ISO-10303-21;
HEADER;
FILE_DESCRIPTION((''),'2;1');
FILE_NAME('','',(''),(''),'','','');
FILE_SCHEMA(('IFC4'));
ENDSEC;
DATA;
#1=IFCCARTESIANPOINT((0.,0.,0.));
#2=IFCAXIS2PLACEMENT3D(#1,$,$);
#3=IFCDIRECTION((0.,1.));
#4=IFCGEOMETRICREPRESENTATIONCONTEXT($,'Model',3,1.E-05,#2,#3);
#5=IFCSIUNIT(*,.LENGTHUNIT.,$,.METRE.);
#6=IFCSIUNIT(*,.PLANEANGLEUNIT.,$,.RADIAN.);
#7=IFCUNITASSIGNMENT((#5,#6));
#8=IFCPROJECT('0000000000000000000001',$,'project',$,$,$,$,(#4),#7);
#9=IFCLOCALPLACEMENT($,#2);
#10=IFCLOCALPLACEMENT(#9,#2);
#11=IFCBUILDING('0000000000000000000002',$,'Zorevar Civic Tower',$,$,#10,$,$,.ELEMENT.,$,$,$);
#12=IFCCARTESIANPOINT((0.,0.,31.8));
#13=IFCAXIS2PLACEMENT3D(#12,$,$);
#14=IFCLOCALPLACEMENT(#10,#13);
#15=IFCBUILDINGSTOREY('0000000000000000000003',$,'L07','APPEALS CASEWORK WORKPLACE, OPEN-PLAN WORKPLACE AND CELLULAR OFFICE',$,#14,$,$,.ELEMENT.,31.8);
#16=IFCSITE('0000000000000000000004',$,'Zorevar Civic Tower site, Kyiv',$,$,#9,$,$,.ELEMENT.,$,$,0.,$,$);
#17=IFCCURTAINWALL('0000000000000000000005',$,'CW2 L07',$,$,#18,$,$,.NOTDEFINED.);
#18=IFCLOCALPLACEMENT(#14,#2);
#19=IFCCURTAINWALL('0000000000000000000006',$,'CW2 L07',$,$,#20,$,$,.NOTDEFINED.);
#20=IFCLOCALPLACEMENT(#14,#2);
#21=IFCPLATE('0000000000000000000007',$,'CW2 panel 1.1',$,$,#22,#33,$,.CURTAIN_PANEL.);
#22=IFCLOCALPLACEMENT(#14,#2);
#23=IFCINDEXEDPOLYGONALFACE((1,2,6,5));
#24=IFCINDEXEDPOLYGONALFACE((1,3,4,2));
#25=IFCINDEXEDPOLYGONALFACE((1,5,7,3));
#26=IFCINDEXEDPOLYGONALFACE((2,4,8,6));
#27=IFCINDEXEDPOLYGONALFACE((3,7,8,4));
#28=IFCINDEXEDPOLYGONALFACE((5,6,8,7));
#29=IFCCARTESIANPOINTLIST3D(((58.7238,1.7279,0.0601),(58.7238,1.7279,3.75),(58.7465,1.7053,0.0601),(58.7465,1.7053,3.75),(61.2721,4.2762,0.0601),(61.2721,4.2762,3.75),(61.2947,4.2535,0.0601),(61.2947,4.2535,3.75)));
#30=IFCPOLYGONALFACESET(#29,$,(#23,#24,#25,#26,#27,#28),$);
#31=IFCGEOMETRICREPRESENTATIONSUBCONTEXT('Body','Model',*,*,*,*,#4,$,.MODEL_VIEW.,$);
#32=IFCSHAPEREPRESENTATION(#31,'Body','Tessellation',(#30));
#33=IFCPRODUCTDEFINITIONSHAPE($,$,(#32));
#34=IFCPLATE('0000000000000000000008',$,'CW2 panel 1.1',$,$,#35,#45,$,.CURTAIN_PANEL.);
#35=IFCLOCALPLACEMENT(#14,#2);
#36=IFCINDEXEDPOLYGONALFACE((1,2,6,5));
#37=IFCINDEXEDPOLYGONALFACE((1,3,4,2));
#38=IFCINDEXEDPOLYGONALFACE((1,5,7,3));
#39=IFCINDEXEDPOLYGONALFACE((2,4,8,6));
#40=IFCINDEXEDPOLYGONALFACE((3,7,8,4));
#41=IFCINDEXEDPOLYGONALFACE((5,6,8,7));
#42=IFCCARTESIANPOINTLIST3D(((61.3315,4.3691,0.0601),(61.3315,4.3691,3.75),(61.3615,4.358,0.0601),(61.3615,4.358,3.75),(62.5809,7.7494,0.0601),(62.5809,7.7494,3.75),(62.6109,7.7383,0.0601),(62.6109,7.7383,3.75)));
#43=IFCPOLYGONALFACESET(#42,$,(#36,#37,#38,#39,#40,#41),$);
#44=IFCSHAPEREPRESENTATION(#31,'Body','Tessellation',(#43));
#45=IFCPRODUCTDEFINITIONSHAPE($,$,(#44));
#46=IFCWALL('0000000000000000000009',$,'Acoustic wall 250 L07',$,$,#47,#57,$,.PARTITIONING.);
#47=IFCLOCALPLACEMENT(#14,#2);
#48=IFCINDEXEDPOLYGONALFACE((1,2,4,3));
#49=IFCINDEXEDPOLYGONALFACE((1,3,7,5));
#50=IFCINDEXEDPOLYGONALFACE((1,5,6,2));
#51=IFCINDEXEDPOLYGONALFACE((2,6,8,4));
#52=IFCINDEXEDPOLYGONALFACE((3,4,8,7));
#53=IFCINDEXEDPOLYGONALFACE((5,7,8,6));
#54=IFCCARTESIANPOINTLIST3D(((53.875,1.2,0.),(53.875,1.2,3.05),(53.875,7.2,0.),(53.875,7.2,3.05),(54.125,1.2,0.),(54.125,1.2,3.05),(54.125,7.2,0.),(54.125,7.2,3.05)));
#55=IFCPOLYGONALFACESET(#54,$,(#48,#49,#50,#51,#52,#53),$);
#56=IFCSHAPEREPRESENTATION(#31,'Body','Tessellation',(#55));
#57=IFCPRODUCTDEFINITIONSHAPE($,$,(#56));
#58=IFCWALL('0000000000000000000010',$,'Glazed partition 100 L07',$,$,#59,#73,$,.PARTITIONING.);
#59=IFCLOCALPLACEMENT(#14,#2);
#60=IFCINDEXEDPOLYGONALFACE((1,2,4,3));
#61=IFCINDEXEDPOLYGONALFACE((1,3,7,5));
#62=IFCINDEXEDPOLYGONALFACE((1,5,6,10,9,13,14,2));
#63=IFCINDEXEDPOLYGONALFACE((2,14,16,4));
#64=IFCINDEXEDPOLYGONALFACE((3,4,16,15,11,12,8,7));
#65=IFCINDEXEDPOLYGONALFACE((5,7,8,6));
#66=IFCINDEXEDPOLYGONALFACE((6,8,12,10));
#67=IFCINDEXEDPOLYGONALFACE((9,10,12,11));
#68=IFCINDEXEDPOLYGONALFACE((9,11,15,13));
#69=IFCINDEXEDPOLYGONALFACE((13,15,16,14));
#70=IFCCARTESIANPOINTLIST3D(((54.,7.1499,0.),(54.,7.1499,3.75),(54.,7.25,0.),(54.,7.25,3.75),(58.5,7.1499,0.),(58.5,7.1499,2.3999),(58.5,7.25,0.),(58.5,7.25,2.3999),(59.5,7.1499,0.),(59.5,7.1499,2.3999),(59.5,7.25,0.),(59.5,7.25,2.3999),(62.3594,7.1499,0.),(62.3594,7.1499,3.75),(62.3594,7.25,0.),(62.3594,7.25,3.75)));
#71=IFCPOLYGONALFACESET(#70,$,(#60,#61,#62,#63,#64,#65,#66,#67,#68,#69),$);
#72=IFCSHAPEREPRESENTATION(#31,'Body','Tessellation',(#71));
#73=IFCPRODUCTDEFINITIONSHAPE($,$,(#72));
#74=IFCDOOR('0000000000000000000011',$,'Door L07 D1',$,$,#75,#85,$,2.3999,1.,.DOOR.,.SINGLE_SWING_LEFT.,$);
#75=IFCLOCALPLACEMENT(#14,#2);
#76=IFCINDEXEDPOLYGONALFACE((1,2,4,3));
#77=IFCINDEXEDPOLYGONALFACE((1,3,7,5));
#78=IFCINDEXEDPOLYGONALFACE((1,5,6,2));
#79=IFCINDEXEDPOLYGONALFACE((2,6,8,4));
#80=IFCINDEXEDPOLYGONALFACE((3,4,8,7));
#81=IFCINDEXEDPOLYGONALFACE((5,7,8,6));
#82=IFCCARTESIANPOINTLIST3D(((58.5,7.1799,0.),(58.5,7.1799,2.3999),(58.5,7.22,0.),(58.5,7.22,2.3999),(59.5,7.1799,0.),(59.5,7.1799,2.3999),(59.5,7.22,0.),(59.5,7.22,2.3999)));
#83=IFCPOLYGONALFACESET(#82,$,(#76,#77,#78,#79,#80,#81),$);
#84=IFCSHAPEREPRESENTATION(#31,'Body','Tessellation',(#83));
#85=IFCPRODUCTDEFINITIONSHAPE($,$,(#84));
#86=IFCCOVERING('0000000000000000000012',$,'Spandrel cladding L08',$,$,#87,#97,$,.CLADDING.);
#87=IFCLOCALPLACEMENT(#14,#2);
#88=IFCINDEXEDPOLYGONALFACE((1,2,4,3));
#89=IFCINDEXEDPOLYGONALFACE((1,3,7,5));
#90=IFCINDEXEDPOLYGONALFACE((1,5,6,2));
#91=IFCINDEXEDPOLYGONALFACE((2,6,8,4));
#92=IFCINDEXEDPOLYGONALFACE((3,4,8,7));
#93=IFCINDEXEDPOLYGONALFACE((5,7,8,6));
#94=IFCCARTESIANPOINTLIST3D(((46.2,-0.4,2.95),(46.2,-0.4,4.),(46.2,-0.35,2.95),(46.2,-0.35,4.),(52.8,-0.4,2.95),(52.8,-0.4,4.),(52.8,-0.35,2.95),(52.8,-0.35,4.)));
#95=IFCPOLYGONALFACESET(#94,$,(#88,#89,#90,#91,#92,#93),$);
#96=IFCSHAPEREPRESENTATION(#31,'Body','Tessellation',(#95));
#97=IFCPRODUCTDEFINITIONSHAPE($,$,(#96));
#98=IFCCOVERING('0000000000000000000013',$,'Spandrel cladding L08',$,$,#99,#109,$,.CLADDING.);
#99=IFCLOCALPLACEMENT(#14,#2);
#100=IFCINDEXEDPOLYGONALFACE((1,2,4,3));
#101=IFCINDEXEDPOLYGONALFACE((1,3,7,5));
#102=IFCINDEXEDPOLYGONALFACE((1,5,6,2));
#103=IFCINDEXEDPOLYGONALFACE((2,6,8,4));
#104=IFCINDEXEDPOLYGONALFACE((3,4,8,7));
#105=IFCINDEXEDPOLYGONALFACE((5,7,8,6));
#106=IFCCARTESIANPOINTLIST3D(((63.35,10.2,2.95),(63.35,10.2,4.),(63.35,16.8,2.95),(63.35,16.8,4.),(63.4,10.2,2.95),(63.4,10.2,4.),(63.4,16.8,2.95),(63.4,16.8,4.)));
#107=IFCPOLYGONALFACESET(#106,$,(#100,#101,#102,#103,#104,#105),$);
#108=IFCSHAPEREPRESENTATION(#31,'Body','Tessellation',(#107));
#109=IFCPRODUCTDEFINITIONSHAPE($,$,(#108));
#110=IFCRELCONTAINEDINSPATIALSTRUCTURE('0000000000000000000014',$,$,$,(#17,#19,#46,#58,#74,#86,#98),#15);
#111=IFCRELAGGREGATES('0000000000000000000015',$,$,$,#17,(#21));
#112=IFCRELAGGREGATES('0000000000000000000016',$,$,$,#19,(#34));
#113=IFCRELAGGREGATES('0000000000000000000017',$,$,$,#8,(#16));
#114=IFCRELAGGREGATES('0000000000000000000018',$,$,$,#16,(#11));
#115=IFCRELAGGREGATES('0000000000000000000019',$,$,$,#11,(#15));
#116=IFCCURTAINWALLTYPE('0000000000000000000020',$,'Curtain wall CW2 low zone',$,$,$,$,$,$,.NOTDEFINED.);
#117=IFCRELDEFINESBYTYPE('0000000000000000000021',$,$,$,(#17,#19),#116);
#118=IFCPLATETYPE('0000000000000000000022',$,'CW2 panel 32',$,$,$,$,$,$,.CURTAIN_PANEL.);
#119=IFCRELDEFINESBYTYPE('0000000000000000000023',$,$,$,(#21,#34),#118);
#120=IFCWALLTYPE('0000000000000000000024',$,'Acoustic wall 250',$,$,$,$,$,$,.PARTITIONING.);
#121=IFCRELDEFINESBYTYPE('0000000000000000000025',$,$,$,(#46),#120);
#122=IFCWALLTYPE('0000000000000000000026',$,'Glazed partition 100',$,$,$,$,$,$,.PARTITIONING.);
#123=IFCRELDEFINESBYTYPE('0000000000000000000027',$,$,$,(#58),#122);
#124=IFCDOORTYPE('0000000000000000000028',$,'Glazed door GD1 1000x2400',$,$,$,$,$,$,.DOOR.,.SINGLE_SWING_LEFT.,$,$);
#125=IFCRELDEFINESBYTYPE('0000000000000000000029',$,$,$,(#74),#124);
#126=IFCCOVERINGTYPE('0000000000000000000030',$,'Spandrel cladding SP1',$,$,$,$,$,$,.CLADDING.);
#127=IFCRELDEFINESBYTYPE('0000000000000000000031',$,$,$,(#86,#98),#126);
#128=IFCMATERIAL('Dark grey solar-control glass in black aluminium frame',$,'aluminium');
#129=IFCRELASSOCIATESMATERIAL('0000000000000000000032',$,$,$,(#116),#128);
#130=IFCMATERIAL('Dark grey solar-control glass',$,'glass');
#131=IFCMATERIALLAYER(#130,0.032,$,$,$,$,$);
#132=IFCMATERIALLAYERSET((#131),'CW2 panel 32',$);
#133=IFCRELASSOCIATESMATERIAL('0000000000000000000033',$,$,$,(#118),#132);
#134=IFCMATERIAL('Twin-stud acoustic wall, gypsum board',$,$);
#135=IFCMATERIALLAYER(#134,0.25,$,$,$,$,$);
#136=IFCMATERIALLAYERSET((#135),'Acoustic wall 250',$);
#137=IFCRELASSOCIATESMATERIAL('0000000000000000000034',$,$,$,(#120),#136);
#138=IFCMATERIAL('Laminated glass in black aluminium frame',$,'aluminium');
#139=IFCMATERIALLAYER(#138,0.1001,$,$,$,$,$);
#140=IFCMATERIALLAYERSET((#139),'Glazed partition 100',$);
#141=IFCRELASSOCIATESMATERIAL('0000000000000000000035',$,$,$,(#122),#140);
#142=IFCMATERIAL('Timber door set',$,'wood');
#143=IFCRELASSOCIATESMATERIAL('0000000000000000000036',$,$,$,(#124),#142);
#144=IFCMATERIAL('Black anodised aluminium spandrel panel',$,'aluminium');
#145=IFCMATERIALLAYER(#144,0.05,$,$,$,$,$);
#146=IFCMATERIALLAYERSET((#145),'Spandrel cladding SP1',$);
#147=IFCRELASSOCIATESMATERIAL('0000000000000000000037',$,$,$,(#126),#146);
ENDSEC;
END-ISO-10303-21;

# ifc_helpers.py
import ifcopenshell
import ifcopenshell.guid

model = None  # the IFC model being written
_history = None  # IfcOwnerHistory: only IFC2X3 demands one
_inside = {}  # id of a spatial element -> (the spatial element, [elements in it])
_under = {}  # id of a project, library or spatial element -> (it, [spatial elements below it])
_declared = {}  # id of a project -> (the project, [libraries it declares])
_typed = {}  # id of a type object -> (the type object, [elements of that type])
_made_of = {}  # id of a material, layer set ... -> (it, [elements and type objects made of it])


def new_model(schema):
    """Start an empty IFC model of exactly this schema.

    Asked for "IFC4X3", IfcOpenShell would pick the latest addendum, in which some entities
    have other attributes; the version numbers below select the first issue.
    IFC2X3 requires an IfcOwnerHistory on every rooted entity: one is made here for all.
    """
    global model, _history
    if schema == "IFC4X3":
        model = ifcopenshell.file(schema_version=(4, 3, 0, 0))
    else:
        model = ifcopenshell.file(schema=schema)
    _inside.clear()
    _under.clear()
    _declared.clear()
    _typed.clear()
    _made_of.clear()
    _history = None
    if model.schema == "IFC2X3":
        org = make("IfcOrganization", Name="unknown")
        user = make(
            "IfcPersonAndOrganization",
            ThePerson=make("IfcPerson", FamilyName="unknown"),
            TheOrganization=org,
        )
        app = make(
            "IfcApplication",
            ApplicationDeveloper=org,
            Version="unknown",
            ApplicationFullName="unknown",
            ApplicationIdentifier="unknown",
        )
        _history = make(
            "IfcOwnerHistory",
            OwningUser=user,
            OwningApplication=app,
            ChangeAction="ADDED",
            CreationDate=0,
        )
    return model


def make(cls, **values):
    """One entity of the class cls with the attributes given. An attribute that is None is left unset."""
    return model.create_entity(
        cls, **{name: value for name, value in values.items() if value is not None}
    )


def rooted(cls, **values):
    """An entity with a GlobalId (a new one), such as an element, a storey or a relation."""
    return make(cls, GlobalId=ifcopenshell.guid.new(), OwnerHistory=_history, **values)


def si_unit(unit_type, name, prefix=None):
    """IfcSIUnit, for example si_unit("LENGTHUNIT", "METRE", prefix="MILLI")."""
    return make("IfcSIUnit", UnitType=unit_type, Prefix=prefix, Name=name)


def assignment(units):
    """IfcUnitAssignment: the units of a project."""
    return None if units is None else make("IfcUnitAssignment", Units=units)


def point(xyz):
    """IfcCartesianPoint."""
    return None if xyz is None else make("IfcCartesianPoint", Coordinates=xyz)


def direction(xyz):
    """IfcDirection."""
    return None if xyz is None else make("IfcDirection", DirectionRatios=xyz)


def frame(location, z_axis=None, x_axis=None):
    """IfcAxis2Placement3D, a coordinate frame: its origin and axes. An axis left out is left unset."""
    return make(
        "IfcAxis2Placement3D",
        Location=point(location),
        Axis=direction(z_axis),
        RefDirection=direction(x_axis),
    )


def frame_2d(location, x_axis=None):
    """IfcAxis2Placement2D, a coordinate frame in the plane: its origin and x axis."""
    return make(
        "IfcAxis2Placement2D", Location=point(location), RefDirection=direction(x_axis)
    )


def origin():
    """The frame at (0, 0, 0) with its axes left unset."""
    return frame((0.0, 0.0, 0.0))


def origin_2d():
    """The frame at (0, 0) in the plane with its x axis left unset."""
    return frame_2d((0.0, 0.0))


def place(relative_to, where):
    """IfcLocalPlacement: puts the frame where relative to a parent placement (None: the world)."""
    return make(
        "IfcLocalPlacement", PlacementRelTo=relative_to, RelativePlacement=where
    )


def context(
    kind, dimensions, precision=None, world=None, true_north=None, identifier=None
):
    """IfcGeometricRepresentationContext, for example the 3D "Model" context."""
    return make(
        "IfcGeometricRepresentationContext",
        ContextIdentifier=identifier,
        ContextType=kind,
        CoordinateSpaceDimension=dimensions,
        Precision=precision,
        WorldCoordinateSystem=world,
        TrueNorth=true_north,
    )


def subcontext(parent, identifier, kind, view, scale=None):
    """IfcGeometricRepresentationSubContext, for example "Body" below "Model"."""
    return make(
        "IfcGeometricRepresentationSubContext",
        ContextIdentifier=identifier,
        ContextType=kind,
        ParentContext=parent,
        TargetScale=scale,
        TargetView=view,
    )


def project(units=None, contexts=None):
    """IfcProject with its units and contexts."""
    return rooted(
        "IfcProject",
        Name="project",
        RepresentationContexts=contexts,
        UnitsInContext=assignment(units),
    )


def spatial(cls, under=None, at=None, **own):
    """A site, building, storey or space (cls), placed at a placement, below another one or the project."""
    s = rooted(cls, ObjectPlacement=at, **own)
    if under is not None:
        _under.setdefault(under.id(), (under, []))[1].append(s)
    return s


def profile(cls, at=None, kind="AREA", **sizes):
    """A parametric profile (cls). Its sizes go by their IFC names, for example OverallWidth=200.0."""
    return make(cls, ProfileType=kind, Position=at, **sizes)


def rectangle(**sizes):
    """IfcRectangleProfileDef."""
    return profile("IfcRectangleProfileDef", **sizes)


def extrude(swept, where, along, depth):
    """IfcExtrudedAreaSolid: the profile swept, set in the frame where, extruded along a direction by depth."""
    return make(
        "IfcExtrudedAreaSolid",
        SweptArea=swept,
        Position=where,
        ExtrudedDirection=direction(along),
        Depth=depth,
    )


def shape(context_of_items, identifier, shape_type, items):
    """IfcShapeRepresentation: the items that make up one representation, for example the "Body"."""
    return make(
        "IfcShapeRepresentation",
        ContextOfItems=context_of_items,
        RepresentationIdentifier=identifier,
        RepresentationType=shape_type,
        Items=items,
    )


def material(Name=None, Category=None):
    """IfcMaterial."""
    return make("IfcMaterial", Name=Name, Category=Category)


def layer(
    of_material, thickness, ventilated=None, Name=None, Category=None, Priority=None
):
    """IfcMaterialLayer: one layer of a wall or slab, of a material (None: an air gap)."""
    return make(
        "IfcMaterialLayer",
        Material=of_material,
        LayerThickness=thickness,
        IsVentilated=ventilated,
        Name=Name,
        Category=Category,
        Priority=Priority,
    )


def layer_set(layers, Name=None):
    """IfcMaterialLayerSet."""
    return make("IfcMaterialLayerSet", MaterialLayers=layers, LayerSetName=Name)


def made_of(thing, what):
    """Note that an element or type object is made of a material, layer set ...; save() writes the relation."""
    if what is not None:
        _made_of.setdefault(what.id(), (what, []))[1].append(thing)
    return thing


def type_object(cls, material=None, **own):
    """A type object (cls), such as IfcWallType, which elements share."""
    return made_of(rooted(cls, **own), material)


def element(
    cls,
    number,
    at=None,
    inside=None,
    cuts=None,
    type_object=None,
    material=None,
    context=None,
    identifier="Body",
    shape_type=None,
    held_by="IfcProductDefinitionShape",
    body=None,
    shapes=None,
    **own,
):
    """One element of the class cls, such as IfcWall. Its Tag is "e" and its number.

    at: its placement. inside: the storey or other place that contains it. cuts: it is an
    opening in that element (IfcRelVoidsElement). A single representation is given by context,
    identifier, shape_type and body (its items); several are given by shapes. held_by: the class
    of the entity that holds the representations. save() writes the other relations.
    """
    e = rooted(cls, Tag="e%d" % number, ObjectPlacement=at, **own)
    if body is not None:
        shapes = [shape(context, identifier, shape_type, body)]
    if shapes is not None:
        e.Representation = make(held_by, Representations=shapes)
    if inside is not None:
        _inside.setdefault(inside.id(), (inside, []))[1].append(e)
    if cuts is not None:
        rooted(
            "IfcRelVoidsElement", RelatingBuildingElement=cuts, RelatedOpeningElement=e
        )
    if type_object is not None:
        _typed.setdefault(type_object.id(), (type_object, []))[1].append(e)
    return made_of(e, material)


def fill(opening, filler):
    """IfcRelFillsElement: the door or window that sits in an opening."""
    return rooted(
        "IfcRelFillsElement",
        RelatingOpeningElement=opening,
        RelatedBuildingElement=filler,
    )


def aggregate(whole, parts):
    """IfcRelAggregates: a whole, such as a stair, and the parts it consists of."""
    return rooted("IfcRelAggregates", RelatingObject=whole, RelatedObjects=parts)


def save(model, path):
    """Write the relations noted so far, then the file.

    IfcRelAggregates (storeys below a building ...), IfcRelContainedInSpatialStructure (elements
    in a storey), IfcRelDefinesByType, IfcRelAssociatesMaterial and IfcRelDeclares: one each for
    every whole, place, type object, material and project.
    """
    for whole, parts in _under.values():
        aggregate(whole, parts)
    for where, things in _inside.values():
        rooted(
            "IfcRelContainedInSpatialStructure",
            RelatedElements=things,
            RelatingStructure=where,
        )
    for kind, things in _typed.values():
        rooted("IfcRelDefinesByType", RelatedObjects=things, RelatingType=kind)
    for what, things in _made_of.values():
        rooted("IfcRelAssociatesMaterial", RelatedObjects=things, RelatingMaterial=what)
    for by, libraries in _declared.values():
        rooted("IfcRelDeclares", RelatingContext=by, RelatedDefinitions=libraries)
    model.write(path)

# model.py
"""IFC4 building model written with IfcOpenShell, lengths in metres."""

from ifc_helpers import new_model, si_unit, direction, frame, frame_2d, origin, origin_2d, place, context, subcontext, project, spatial, rectangle, extrude, material, layer, layer_set, type_object, element, fill, aggregate, save


model = new_model("IFC4")

# Units and contexts
model_context = context("Model", 3, precision=1e-05, world=origin(), true_north=direction((0.0, 1.0)))
body_context = subcontext(model_context, "Body", "Model", "MODEL_VIEW")
ifc_project = project(units=[si_unit("LENGTHUNIT", "METRE"), si_unit("PLANEANGLEUNIT", "RADIAN")], contexts=[model_context])

# Site, building, storey
site_placement = place(None, origin())
site = spatial("IfcSite", under=ifc_project, at=site_placement, Name="Zorevar Civic Tower site, Kyiv", CompositionType="ELEMENT", RefElevation=0.0)
building_placement = place(site_placement, origin())
building = spatial("IfcBuilding", under=site, at=building_placement, Name="Zorevar Civic Tower", CompositionType="ELEMENT")
storey_placement = place(building_placement, frame((0.0, 0.0, 31.8)))
storey = spatial("IfcBuildingStorey", under=building, at=storey_placement, Name="L07", Description="APPEALS CASEWORK WORKPLACE, OPEN-PLAN WORKPLACE AND CELLULAR OFFICE", CompositionType="ELEMENT", Elevation=31.8)

# Curtain walls
ifc_material_1 = material(Name="Dark grey solar-control glass in black aluminium frame", Category="aluminium")
curtain_wall_type = type_object("IfcCurtainWallType", Name="Curtain wall CW2 low zone", PredefinedType="NOTDEFINED", material=ifc_material_1)
curtain_wall_1_placement = place(storey_placement, origin())
curtain_wall_1 = element("IfcCurtainWall", 1, at=curtain_wall_1_placement, inside=storey, type_object=curtain_wall_type, Name="CW2 L07", PredefinedType="NOTDEFINED")
curtain_wall_2_placement = place(storey_placement, origin())
curtain_wall_2 = element("IfcCurtainWall", 2, at=curtain_wall_2_placement, inside=storey, type_object=curtain_wall_type, Name="CW2 L07", PredefinedType="NOTDEFINED")

# Plates
ifc_material_2 = material(Name="Dark grey solar-control glass", Category="glass")
ifc_layer_1 = layer(ifc_material_2, 0.032)
ifc_layer_set_1 = layer_set([ifc_layer_1], Name="CW2 panel 32")
plate_type = type_object("IfcPlateType", Name="CW2 panel 32", PredefinedType="CURTAIN_PANEL", material=ifc_layer_set_1)
plate_1_placement = place(storey_placement, frame((60.0093, 2.9907, 0.0601), z_axis=(0.0, 0.0, 1.0), x_axis=(0.707107, 0.707107, 0.0)))
plate_1 = element("IfcPlate", 3, at=plate_1_placement, type_object=plate_type, Name="CW2 panel 1.1", PredefinedType="CURTAIN_PANEL", context=body_context, shape_type="SweptSolid", body=[
    extrude(rectangle(XDim=3.6038, YDim=0.032, at=origin_2d()), origin(), (0.0, 0.0, 1.0), 3.6899),
])
aggregate(curtain_wall_1, [plate_1])
plate_2_placement = place(storey_placement, frame((61.9712, 6.0537, 0.0601), z_axis=(0.0, 0.0, 1.0), x_axis=(0.346704, 0.937975, 0.0)))
plate_2 = element("IfcPlate", 4, at=plate_2_placement, type_object=plate_type, Name="CW2 panel 1.1", PredefinedType="CURTAIN_PANEL", context=body_context, shape_type="SweptSolid", body=[
    extrude(rectangle(XDim=3.6038, YDim=0.032, at=origin_2d()), origin(), (0.0, 0.0, 1.0), 3.6899),
])
aggregate(curtain_wall_2, [plate_2])

# Wall
ifc_material_3 = material(Name="Twin-stud acoustic wall, gypsum board")
ifc_layer_2 = layer(ifc_material_3, 0.25)
ifc_layer_set_2 = layer_set([ifc_layer_2], Name="Acoustic wall 250")
wall_type_1 = type_object("IfcWallType", Name="Acoustic wall 250", PredefinedType="PARTITIONING", material=ifc_layer_set_2)
wall_1_placement = place(storey_placement, frame((54.0, 1.2, 0.0), z_axis=(0.0, 0.0, 1.0), x_axis=(0.0, 1.0, 0.0)))
element("IfcWall", 5, at=wall_1_placement, inside=storey, type_object=wall_type_1, Name="Acoustic wall 250 L07", PredefinedType="PARTITIONING", context=body_context, shape_type="SweptSolid", body=[
    extrude(rectangle(XDim=6.0, YDim=0.25, at=frame_2d((3.0, 0.0))), origin(), (0.0, 0.0, 1.0), 3.05),
])

# Wall, opening, door
ifc_material_4 = material(Name="Laminated glass in black aluminium frame", Category="aluminium")
ifc_layer_3 = layer(ifc_material_4, 0.1001)
ifc_layer_set_3 = layer_set([ifc_layer_3], Name="Glazed partition 100")
wall_type_2 = type_object("IfcWallType", Name="Glazed partition 100", PredefinedType="PARTITIONING", material=ifc_layer_set_3)
wall_2_placement = place(storey_placement, frame((54.0, 7.2, 0.0), z_axis=(0.0, 0.0, 1.0), x_axis=(1.0, 0.0, 0.0)))
wall_2 = element("IfcWall", 6, at=wall_2_placement, inside=storey, type_object=wall_type_2, Name="Glazed partition 100 L07", PredefinedType="PARTITIONING", context=body_context, shape_type="SweptSolid", body=[
    extrude(rectangle(XDim=8.3594, YDim=0.1001, at=frame_2d((4.1797, 0.0))), origin(), (0.0, 0.0, 1.0), 3.75),
])
opening_placement = place(wall_2_placement, frame((4.5, 0.0, 0.0)))
opening = element("IfcOpeningElement", 7, at=opening_placement, cuts=wall_2, PredefinedType="OPENING", context=body_context, shape_type="SweptSolid", body=[
    extrude(rectangle(XDim=1.0, YDim=2.3999, at=frame_2d((0.5, 1.2))), frame((0.0, 0.0601, 0.0), z_axis=(0.0, -1.0, 0.0), x_axis=(1.0, 0.0, 0.0)), (0.0, 0.0, 1.0), 0.1201),
])
ifc_material_5 = material(Name="Timber door set", Category="wood")
door_type = type_object("IfcDoorType", Name="Glazed door GD1 1000x2400", OperationType="SINGLE_SWING_LEFT", PredefinedType="DOOR", material=ifc_material_5)
door_placement = place(opening_placement, origin())
door = element("IfcDoor", 8, at=door_placement, inside=storey, type_object=door_type, Name="Door L07 D1", OperationType="SINGLE_SWING_LEFT", OverallHeight=2.3999, OverallWidth=1.0, PredefinedType="DOOR", context=body_context, shape_type="SweptSolid", body=[
    extrude(rectangle(XDim=1.0, YDim=2.3999, at=frame_2d((0.5, 1.2))), frame((0.0, 0.02, 0.0), z_axis=(0.0, -1.0, 0.0), x_axis=(1.0, 0.0, 0.0)), (0.0, 0.0, 1.0), 0.04),
])
fill(opening, door)

# Coverings
ifc_material_6 = material(Name="Black anodised aluminium spandrel panel", Category="aluminium")
ifc_layer_4 = layer(ifc_material_6, 0.05)
ifc_layer_set_4 = layer_set([ifc_layer_4], Name="Spandrel cladding SP1")
covering_type = type_object("IfcCoveringType", Name="Spandrel cladding SP1", PredefinedType="CLADDING", material=ifc_layer_set_4)
for number, where, z_axis, x_axis, name in (
    (9, (46.2, -0.375, 2.95), (0.0, 0.0, 1.0), (1.0, 0.0, 0.0), "Spandrel cladding L08"),
    (10, (63.375, 10.2, 2.95), (0.0, 0.0, 1.0), (0.0, 1.0, 0.0), "Spandrel cladding L08"),
):
    element("IfcCovering", number, at=place(storey_placement, frame(where, z_axis=z_axis, x_axis=x_axis)), inside=storey, type_object=covering_type, Name=name, PredefinedType="CLADDING", context=body_context, shape_type="SweptSolid", body=[
        extrude(rectangle(XDim=6.6001, YDim=0.05, at=frame_2d((3.3, 0.0))), origin(), (0.0, 0.0, 1.0), 1.05),
    ])

save(model, "model.ifc")
